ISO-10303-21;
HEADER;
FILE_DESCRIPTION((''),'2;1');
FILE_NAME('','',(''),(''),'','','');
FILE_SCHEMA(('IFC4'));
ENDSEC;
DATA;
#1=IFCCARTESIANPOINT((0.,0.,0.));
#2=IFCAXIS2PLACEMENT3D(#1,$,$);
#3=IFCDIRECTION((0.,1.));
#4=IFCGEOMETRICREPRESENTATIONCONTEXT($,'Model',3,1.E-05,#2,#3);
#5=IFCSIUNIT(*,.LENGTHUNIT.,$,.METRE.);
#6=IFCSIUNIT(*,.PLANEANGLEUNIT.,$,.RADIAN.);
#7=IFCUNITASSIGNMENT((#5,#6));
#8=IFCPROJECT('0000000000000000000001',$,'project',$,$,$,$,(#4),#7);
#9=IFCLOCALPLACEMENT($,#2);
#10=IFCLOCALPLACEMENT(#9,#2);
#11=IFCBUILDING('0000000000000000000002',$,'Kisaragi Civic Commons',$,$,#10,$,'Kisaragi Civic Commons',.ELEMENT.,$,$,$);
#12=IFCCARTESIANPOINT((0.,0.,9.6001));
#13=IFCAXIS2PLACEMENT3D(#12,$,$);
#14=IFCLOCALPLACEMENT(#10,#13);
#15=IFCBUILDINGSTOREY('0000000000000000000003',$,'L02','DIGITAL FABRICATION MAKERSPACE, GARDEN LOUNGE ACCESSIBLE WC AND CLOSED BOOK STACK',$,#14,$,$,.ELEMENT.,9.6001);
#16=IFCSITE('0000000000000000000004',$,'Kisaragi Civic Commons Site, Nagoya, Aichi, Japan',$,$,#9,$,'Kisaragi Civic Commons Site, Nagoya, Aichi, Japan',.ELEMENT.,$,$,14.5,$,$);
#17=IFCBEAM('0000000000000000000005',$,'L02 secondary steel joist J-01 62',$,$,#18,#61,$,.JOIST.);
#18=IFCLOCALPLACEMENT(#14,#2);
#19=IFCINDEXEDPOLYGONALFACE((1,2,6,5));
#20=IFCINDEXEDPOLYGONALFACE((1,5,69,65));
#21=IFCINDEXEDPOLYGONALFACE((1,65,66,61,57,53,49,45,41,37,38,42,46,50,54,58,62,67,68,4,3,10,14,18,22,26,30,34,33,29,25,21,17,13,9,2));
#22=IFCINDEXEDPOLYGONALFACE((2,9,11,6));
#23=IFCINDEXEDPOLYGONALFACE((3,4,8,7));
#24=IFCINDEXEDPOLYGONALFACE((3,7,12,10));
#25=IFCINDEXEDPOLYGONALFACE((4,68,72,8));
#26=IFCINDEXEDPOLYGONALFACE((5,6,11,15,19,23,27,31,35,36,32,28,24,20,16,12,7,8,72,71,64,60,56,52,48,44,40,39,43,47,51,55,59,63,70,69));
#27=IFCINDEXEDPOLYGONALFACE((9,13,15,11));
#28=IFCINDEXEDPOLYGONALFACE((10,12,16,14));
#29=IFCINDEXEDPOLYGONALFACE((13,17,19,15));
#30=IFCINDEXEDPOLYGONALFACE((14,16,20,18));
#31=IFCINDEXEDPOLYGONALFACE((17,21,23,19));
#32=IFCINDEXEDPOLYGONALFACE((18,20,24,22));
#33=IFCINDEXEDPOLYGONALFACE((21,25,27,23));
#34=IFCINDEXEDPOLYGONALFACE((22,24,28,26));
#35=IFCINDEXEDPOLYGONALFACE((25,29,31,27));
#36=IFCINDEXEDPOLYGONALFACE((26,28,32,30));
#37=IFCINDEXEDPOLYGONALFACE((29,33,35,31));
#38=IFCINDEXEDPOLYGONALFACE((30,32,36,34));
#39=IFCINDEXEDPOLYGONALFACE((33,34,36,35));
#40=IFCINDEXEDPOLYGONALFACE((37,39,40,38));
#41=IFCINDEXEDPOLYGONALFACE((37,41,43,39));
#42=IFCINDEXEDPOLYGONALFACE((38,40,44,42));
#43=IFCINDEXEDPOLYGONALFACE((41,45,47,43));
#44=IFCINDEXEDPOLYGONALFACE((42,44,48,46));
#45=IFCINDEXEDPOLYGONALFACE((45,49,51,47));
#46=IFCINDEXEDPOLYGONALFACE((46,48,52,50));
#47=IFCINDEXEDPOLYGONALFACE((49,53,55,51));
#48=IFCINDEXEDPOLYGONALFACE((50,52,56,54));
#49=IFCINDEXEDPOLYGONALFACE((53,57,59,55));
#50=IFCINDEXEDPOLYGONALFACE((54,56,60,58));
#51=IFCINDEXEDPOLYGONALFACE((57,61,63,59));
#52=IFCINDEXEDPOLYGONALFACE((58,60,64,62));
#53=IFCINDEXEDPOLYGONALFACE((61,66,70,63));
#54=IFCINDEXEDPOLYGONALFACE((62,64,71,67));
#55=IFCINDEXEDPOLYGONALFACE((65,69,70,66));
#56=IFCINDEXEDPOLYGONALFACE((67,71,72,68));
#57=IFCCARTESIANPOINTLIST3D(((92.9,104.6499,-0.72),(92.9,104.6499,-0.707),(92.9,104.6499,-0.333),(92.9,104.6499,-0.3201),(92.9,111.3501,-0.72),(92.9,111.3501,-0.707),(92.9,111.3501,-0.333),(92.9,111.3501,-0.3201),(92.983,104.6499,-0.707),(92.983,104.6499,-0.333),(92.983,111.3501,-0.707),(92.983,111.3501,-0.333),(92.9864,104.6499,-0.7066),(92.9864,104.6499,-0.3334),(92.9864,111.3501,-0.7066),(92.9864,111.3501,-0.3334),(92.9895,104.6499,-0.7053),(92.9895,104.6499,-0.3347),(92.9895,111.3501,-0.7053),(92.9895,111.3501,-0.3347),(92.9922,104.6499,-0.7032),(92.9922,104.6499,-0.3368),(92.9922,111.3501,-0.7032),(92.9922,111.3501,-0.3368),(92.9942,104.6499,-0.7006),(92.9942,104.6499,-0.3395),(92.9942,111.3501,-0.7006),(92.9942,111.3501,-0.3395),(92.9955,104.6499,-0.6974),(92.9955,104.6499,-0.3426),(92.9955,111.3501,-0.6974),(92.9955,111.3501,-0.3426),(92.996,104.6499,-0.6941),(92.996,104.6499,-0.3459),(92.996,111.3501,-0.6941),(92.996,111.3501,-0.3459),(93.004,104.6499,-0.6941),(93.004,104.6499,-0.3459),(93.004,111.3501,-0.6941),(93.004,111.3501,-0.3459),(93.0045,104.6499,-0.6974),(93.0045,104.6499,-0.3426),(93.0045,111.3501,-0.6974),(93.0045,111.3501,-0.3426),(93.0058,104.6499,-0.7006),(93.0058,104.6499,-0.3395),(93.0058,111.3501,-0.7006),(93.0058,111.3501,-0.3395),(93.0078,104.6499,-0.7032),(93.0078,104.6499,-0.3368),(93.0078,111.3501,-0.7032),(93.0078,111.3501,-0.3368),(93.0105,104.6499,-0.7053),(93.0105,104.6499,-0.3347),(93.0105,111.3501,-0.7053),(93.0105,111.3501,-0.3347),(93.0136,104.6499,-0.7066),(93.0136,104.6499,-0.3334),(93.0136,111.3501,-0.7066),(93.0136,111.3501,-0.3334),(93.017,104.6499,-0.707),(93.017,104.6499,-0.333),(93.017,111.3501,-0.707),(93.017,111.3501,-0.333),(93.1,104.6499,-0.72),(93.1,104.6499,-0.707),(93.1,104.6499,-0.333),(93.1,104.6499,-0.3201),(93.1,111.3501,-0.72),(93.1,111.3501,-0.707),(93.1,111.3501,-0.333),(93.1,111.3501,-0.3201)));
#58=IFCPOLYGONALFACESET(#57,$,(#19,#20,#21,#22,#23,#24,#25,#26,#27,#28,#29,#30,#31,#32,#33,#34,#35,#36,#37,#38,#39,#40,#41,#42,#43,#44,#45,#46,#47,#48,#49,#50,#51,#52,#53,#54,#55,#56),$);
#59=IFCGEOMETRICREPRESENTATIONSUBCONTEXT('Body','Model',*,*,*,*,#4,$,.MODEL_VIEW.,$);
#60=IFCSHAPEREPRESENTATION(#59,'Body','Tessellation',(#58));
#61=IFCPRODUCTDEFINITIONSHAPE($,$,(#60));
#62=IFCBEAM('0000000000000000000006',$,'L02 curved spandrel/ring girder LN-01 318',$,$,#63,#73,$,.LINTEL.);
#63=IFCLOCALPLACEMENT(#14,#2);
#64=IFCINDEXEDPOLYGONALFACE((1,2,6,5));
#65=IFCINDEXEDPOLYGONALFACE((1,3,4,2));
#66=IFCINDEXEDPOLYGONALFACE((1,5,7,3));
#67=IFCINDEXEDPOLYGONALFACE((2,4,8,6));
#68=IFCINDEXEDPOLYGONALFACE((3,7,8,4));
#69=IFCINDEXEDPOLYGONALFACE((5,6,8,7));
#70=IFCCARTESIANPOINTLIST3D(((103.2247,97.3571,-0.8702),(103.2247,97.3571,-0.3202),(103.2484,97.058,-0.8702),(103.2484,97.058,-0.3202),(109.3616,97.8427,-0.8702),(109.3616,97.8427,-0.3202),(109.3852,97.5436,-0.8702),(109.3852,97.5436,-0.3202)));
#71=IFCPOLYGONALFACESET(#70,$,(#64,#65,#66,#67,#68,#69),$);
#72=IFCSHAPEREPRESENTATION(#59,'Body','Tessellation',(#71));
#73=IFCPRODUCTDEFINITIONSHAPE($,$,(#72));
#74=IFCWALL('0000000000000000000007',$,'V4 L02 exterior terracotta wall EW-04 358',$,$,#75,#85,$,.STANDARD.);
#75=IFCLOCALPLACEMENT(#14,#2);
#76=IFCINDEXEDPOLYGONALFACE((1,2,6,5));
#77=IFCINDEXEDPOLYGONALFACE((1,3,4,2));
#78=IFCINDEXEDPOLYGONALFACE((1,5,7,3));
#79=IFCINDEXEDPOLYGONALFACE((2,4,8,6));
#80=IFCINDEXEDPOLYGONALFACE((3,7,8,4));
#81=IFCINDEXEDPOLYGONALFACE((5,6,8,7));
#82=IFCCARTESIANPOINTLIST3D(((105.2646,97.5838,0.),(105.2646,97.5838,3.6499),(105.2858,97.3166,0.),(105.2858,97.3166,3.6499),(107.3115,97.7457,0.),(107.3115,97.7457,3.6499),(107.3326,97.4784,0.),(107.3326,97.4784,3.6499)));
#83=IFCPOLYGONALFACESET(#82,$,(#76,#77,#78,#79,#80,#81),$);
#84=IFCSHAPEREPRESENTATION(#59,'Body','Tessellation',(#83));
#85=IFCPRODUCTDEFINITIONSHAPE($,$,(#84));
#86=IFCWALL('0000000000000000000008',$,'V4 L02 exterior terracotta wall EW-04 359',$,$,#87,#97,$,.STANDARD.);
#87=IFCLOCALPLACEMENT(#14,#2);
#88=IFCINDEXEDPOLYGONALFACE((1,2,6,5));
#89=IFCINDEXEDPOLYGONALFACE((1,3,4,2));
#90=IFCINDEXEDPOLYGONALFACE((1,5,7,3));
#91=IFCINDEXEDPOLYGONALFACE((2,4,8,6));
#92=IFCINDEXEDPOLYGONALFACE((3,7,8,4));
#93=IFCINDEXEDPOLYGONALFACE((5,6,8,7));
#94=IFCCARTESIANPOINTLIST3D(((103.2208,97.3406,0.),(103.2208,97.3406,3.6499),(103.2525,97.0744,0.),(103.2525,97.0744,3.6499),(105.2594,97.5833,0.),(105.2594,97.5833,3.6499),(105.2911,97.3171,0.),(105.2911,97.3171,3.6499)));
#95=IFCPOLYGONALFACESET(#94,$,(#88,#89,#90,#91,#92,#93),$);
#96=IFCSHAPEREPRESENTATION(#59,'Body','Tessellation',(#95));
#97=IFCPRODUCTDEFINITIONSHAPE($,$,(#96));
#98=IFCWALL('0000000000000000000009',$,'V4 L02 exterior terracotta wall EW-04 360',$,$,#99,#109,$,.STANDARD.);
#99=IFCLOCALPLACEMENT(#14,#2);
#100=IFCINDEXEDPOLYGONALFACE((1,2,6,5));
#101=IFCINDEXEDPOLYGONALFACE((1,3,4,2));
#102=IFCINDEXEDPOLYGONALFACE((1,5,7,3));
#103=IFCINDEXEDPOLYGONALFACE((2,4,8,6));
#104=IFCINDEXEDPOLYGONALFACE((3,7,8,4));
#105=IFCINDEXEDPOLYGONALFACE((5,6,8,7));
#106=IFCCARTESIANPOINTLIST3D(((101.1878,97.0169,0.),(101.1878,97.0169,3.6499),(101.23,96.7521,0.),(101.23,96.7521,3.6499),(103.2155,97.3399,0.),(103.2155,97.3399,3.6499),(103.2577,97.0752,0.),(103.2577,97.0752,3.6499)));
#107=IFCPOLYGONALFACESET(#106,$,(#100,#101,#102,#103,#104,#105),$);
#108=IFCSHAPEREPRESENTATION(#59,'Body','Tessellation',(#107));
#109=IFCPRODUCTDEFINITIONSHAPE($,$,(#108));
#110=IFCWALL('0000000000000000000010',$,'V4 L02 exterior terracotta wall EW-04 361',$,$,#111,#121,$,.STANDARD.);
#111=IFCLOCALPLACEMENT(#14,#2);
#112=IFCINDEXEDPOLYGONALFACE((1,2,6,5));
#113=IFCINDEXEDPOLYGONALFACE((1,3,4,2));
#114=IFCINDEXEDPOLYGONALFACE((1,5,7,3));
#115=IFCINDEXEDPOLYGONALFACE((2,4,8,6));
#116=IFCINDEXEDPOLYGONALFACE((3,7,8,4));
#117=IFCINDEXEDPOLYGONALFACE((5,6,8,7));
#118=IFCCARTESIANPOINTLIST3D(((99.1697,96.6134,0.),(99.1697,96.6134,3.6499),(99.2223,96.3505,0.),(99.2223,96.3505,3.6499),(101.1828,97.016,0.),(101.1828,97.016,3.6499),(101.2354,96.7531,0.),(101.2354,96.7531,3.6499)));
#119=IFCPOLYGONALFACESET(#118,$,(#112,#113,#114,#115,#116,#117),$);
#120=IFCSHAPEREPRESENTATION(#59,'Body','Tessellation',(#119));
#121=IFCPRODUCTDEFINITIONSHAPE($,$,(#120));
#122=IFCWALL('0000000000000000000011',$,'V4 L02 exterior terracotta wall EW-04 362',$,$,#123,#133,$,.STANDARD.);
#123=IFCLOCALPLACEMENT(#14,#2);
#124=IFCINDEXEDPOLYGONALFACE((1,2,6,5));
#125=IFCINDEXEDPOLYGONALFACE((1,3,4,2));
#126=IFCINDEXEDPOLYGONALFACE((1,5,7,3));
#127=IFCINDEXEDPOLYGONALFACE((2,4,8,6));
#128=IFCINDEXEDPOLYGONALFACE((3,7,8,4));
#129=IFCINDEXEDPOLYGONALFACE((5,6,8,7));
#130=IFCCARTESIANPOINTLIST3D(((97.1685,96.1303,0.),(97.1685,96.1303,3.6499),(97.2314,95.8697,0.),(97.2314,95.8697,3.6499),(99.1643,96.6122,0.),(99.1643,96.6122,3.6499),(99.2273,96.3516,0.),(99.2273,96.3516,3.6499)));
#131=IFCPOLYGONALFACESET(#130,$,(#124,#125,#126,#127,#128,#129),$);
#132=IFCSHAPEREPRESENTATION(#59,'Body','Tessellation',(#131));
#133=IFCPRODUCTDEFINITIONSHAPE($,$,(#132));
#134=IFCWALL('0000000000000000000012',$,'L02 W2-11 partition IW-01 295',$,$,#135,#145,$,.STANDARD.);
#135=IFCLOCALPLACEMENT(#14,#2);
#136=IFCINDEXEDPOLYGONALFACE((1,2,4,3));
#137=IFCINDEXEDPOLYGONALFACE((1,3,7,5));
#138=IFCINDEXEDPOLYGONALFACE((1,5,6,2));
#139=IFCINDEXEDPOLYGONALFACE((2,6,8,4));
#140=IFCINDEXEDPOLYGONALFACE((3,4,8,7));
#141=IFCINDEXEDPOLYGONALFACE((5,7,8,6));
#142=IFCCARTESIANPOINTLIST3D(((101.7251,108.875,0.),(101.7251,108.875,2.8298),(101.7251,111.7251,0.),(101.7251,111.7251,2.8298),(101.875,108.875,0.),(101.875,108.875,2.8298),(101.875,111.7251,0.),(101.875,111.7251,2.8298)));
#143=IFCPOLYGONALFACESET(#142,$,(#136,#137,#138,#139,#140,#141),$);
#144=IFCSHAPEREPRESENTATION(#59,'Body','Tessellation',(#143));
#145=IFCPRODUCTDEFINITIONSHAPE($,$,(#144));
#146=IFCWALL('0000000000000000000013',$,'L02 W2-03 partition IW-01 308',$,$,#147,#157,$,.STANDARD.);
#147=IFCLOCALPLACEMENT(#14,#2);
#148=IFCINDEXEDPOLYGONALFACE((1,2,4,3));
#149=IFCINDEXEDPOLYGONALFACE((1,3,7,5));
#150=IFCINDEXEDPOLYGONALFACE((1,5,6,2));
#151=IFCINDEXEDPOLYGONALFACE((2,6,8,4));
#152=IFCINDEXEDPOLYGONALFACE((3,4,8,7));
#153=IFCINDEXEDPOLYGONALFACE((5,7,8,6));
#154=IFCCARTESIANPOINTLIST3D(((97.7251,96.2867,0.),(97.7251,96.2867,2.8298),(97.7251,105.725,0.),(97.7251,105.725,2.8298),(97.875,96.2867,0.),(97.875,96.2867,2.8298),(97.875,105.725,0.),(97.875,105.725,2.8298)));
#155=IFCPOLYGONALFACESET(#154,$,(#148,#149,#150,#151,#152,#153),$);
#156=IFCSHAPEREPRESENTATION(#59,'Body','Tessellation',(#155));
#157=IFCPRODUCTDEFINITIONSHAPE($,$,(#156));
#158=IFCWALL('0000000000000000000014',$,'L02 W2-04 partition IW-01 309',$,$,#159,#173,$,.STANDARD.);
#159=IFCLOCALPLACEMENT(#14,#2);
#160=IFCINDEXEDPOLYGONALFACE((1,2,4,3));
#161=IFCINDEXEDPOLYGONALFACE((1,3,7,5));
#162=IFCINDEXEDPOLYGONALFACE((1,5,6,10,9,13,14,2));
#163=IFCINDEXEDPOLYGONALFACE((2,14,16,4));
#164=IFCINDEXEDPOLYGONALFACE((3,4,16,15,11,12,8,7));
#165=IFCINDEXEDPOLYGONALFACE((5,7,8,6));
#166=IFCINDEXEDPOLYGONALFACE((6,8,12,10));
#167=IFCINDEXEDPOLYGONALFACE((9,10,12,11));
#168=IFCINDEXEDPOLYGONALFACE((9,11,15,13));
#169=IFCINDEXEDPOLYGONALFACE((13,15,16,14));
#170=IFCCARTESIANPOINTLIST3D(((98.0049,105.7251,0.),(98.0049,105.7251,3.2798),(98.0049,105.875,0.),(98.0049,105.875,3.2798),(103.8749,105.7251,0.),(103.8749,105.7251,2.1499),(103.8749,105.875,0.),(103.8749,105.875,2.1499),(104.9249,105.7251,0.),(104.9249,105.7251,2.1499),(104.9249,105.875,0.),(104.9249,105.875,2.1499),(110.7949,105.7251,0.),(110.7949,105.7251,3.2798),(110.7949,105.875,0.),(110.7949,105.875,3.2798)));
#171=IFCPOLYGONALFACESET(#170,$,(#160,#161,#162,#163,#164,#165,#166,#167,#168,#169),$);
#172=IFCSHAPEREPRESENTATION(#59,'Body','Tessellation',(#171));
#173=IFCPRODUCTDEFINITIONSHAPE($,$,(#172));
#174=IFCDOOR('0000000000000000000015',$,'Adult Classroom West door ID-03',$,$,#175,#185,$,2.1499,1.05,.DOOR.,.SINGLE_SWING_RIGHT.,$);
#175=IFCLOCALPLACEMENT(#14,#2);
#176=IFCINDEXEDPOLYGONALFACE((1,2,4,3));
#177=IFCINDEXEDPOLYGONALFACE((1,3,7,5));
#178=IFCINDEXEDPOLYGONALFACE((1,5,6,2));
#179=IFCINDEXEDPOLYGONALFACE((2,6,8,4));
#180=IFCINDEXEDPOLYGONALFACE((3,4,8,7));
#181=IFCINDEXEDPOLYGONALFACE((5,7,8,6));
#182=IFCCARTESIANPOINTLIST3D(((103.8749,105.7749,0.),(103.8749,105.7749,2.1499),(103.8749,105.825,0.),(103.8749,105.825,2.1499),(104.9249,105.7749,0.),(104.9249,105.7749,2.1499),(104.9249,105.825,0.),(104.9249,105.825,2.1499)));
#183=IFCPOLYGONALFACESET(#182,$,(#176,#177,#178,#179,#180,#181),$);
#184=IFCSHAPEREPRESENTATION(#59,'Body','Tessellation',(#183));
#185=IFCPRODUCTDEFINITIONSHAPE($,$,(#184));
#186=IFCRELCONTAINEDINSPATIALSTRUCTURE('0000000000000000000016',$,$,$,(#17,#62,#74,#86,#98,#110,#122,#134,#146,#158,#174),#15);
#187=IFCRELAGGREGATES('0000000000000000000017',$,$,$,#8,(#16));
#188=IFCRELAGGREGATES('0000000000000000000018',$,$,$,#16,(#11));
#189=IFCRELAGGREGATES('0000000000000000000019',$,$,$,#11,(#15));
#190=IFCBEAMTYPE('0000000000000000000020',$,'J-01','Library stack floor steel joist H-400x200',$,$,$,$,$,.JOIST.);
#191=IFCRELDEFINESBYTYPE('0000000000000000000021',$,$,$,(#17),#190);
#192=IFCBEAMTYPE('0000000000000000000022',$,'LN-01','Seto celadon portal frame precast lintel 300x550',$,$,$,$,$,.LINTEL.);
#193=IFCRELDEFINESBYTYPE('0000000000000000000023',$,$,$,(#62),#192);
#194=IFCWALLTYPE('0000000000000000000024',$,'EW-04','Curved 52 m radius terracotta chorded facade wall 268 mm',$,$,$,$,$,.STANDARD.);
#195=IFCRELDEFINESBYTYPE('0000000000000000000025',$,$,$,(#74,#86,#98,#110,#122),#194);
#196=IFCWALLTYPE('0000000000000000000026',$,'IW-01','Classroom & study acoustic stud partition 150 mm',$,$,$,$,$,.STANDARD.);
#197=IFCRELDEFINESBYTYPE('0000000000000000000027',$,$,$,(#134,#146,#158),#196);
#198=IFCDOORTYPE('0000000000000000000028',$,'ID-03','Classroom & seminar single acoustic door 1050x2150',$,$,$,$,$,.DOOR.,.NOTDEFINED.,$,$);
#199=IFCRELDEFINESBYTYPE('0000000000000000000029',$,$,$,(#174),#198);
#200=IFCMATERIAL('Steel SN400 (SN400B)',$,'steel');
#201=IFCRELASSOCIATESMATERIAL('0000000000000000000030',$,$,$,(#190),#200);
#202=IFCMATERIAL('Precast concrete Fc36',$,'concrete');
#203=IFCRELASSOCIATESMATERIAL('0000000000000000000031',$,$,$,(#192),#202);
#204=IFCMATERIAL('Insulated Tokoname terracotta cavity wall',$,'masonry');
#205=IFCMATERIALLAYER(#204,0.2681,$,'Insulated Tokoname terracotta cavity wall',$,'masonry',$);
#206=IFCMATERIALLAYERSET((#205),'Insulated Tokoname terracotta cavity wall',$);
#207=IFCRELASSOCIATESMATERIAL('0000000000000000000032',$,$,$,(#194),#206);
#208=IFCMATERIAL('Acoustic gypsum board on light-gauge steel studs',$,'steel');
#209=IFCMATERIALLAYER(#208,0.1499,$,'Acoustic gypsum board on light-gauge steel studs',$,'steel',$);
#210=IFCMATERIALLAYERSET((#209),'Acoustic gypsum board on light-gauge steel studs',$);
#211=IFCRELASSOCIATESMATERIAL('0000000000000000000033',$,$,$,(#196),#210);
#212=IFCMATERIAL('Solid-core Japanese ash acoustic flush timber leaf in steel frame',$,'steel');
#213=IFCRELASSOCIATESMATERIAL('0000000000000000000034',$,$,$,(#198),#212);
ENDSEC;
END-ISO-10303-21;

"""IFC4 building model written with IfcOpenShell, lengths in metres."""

from ifc_helpers import new_model, si_unit, direction, frame, frame_2d, origin, origin_2d, place, context, subcontext, project, spatial, rectangle, i_section, extrude, material, layer, layer_set, material_profile, profile_set, type_object, element, fill, save


model = new_model("IFC4")

# Units and contexts
model_context = context("Model", 3, precision=1e-05, world=origin(), true_north=direction((0.0, 1.0)))
body_context = subcontext(model_context, "Body", "Model", "MODEL_VIEW")
ifc_project = project(units=[si_unit("LENGTHUNIT", "METRE"), si_unit("PLANEANGLEUNIT", "RADIAN")], contexts=[model_context])

# Site, building, storey
site_placement = place(None, origin())
site = spatial("IfcSite", under=ifc_project, at=site_placement, Name="Kisaragi Civic Commons Site, Nagoya, Aichi, Japan", LongName="Kisaragi Civic Commons Site, Nagoya, Aichi, Japan", CompositionType="ELEMENT", RefElevation=14.5)
building_placement = place(site_placement, origin())
building = spatial("IfcBuilding", under=site, at=building_placement, Name="Kisaragi Civic Commons", LongName="Kisaragi Civic Commons", CompositionType="ELEMENT")
storey_placement = place(building_placement, frame((0.0, 0.0, 9.6001)))
storey = spatial("IfcBuildingStorey", under=building, at=storey_placement, Name="L02", Description="DIGITAL FABRICATION MAKERSPACE, GARDEN LOUNGE ACCESSIBLE WC AND CLOSED BOOK STACK", CompositionType="ELEMENT", Elevation=9.6001)

# Beams
ifc_material_1 = material(Name="Steel SN400 (SN400B)", Category="steel")
ifc_material_profile_1 = material_profile(ifc_material_1, i_section(OverallWidth=0.2, OverallDepth=0.3999, WebThickness=0.0081, FlangeThickness=0.0129, FilletRadius=0.0129, at=origin_2d()), Name="H-400x200x8x13", Category="steel")
ifc_profile_set_1 = profile_set([ifc_material_profile_1], Name="Steel SN400 (SN400B)")
beam_type_1 = type_object("IfcBeamType", Name="J-01", Description="Library stack floor steel joist H-400x200", PredefinedType="JOIST", material=ifc_profile_set_1)
beam_1_placement = place(storey_placement, frame((93.0, 104.6499, -0.52), z_axis=(0.0, 1.0, 0.0), x_axis=(-1.0, 0.0, 0.0)))
element("IfcBeam", 1, at=beam_1_placement, inside=storey, type_object=beam_type_1, Name="L02 secondary steel joist J-01 62", PredefinedType="JOIST", context=body_context, shape_type="SweptSolid", body=[
    extrude(i_section(OverallWidth=0.2, OverallDepth=0.3999, WebThickness=0.0081, FlangeThickness=0.0129, FilletRadius=0.0129, at=origin_2d()), origin(), (0.0, 0.0, 1.0), 6.7002),
])
ifc_material_2 = material(Name="Precast concrete Fc36", Category="concrete")
ifc_material_profile_2 = material_profile(ifc_material_2, rectangle(XDim=0.3, YDim=0.55, at=origin_2d()), Name="PC-300x550", Category="concrete")
ifc_profile_set_2 = profile_set([ifc_material_profile_2], Name="Precast concrete Fc36")
beam_type_2 = type_object("IfcBeamType", Name="LN-01", Description="Seto celadon portal frame precast lintel 300x550", PredefinedType="LINTEL", material=ifc_profile_set_2)
beam_2_placement = place(storey_placement, frame((103.2366, 97.2075, -0.5952), z_axis=(0.996884, 0.078883, 0.0), x_axis=(-0.078883, 0.996884, 0.0)))
element("IfcBeam", 2, at=beam_2_placement, inside=storey, type_object=beam_type_2, Name="L02 curved spandrel/ring girder LN-01 318", PredefinedType="LINTEL", context=body_context, shape_type="SweptSolid", body=[
    extrude(rectangle(XDim=0.3, YDim=0.55, at=origin_2d()), origin(), (0.0, 0.0, 1.0), 6.156),
])

# Walls
ifc_material_3 = material(Name="Insulated Tokoname terracotta cavity wall", Category="masonry")
ifc_layer_1 = layer(ifc_material_3, 0.2681, Name="Insulated Tokoname terracotta cavity wall", Category="masonry")
ifc_layer_set_1 = layer_set([ifc_layer_1], Name="Insulated Tokoname terracotta cavity wall")
wall_type_1 = type_object("IfcWallType", Name="EW-04", Description="Curved 52 m radius terracotta chorded facade wall 268 mm", PredefinedType="STANDARD", material=ifc_layer_set_1)
wall_1_placement = place(storey_placement, frame((107.322, 97.6121, 0.0), z_axis=(0.0, 0.0, 1.0), x_axis=(-0.996888, -0.078833, 0.0)))
element("IfcWall", 3, at=wall_1_placement, inside=storey, type_object=wall_type_1, Name="V4 L02 exterior terracotta wall EW-04 358", PredefinedType="STANDARD", context=body_context, shape_type="SweptSolid", body=[
    extrude(rectangle(XDim=2.0532, YDim=0.2681, at=frame_2d((1.0266, 0.0))), origin(), (0.0, 0.0, 1.0), 3.6499),
])
wall_2_placement = place(storey_placement, frame((105.2751, 97.4502, 0.0), z_axis=(0.0, 0.0, 1.0), x_axis=(-0.992989, -0.118207, 0.0)))
element("IfcWall", 4, at=wall_2_placement, inside=storey, type_object=wall_type_1, Name="V4 L02 exterior terracotta wall EW-04 359", PredefinedType="STANDARD", context=body_context, shape_type="SweptSolid", body=[
    extrude(rectangle(XDim=2.053, YDim=0.2681, at=frame_2d((1.0264, 0.0))), origin(), (0.0, 0.0, 1.0), 3.6499),
])
wall_3_placement = place(storey_placement, frame((103.2366, 97.2075, 0.0), z_axis=(0.0, 0.0, 1.0), x_axis=(-0.987548, -0.157318, 0.0)))
element("IfcWall", 5, at=wall_3_placement, inside=storey, type_object=wall_type_1, Name="V4 L02 exterior terracotta wall EW-04 360", PredefinedType="STANDARD", context=body_context, shape_type="SweptSolid", body=[
    extrude(rectangle(XDim=2.0532, YDim=0.2681, at=frame_2d((1.0266, 0.0))), origin(), (0.0, 0.0, 1.0), 3.6499),
])
wall_4_placement = place(storey_placement, frame((101.209, 96.8845, 0.0), z_axis=(0.0, 0.0, 1.0), x_axis=(-0.980585, -0.196093, 0.0)))
element("IfcWall", 6, at=wall_4_placement, inside=storey, type_object=wall_type_1, Name="V4 L02 exterior terracotta wall EW-04 361", PredefinedType="STANDARD", context=body_context, shape_type="SweptSolid", body=[
    extrude(rectangle(XDim=2.053, YDim=0.2681, at=frame_2d((1.0264, 0.0))), origin(), (0.0, 0.0, 1.0), 3.6499),
])
wall_5_placement = place(storey_placement, frame((99.1958, 96.4819, 0.0), z_axis=(0.0, 0.0, 1.0), x_axis=(-0.972063, -0.234722, 0.0)))
element("IfcWall", 7, at=wall_5_placement, inside=storey, type_object=wall_type_1, Name="V4 L02 exterior terracotta wall EW-04 362", PredefinedType="STANDARD", context=body_context, shape_type="SweptSolid", body=[
    extrude(rectangle(XDim=2.0532, YDim=0.2681, at=frame_2d((1.0266, 0.0))), origin(), (0.0, 0.0, 1.0), 3.6499),
])
ifc_material_4 = material(Name="Acoustic gypsum board on light-gauge steel studs", Category="steel")
ifc_layer_2 = layer(ifc_material_4, 0.1499, Name="Acoustic gypsum board on light-gauge steel studs", Category="steel")
ifc_layer_set_2 = layer_set([ifc_layer_2], Name="Acoustic gypsum board on light-gauge steel studs")
wall_type_2 = type_object("IfcWallType", Name="IW-01", Description="Classroom & study acoustic stud partition 150 mm", PredefinedType="STANDARD", material=ifc_layer_set_2)
wall_6_placement = place(storey_placement, frame((101.8, 108.875, 0.0), z_axis=(0.0, 0.0, 1.0), x_axis=(0.0, 1.0, 0.0)))
element("IfcWall", 8, at=wall_6_placement, inside=storey, type_object=wall_type_2, Name="L02 W2-11 partition IW-01 295", PredefinedType="STANDARD", context=body_context, shape_type="SweptSolid", body=[
    extrude(rectangle(XDim=2.8501, YDim=0.1499, at=frame_2d((1.425, 0.0))), origin(), (0.0, 0.0, 1.0), 2.8298),
])
wall_7_placement = place(storey_placement, frame((97.8, 105.7251, 0.0), z_axis=(0.0, 0.0, 1.0), x_axis=(0.0, -1.0, 0.0)))
element("IfcWall", 9, at=wall_7_placement, inside=storey, type_object=wall_type_2, Name="L02 W2-03 partition IW-01 308", PredefinedType="STANDARD", context=body_context, shape_type="SweptSolid", body=[
    extrude(rectangle(XDim=9.4382, YDim=0.1499, at=frame_2d((4.7192, 0.0))), origin(), (0.0, 0.0, 1.0), 2.8298),
])

# Wall, opening, door
wall_8_placement = place(storey_placement, frame((98.0049, 105.8, 0.0), z_axis=(0.0, 0.0, 1.0), x_axis=(1.0, 0.0, 0.0)))
wall_8 = element("IfcWall", 10, at=wall_8_placement, inside=storey, type_object=wall_type_2, Name="L02 W2-04 partition IW-01 309", PredefinedType="STANDARD", context=body_context, shape_type="SweptSolid", body=[
    extrude(rectangle(XDim=12.79, YDim=0.1499, at=frame_2d((6.395, 0.0))), origin(), (0.0, 0.0, 1.0), 3.2798),
])
opening_placement = place(wall_8_placement, frame((5.8701, 0.0, 0.0)))
opening = element("IfcOpeningElement", 11, at=opening_placement, cuts=wall_8, PredefinedType="OPENING", context=body_context, shape_type="SweptSolid", body=[
    extrude(rectangle(XDim=1.05, YDim=2.1499, at=frame_2d((0.5249, 1.075))), frame((0.0, 0.085, 0.0), z_axis=(0.0, -1.0, 0.0), x_axis=(1.0, 0.0, 0.0)), (0.0, 0.0, 1.0), 0.1699),
])
ifc_material_5 = material(Name="Solid-core Japanese ash acoustic flush timber leaf in steel frame", Category="steel")
door_type = type_object("IfcDoorType", Name="ID-03", Description="Classroom & seminar single acoustic door 1050x2150", OperationType="NOTDEFINED", PredefinedType="DOOR", material=ifc_material_5)
door_placement = place(opening_placement, origin())
door = element("IfcDoor", 12, at=door_placement, inside=storey, type_object=door_type, Name="Adult Classroom West door ID-03", OperationType="SINGLE_SWING_RIGHT", OverallHeight=2.1499, OverallWidth=1.05, PredefinedType="DOOR", context=body_context, shape_type="SweptSolid", body=[
    extrude(rectangle(XDim=1.05, YDim=2.1499, at=frame_2d((0.5249, 1.075))), frame((0.0, 0.0249, 0.0), z_axis=(0.0, -1.0, 0.0), x_axis=(1.0, 0.0, 0.0)), (0.0, 0.0, 1.0), 0.05),
])
fill(opening, door)

save(model, "model.ifc")
